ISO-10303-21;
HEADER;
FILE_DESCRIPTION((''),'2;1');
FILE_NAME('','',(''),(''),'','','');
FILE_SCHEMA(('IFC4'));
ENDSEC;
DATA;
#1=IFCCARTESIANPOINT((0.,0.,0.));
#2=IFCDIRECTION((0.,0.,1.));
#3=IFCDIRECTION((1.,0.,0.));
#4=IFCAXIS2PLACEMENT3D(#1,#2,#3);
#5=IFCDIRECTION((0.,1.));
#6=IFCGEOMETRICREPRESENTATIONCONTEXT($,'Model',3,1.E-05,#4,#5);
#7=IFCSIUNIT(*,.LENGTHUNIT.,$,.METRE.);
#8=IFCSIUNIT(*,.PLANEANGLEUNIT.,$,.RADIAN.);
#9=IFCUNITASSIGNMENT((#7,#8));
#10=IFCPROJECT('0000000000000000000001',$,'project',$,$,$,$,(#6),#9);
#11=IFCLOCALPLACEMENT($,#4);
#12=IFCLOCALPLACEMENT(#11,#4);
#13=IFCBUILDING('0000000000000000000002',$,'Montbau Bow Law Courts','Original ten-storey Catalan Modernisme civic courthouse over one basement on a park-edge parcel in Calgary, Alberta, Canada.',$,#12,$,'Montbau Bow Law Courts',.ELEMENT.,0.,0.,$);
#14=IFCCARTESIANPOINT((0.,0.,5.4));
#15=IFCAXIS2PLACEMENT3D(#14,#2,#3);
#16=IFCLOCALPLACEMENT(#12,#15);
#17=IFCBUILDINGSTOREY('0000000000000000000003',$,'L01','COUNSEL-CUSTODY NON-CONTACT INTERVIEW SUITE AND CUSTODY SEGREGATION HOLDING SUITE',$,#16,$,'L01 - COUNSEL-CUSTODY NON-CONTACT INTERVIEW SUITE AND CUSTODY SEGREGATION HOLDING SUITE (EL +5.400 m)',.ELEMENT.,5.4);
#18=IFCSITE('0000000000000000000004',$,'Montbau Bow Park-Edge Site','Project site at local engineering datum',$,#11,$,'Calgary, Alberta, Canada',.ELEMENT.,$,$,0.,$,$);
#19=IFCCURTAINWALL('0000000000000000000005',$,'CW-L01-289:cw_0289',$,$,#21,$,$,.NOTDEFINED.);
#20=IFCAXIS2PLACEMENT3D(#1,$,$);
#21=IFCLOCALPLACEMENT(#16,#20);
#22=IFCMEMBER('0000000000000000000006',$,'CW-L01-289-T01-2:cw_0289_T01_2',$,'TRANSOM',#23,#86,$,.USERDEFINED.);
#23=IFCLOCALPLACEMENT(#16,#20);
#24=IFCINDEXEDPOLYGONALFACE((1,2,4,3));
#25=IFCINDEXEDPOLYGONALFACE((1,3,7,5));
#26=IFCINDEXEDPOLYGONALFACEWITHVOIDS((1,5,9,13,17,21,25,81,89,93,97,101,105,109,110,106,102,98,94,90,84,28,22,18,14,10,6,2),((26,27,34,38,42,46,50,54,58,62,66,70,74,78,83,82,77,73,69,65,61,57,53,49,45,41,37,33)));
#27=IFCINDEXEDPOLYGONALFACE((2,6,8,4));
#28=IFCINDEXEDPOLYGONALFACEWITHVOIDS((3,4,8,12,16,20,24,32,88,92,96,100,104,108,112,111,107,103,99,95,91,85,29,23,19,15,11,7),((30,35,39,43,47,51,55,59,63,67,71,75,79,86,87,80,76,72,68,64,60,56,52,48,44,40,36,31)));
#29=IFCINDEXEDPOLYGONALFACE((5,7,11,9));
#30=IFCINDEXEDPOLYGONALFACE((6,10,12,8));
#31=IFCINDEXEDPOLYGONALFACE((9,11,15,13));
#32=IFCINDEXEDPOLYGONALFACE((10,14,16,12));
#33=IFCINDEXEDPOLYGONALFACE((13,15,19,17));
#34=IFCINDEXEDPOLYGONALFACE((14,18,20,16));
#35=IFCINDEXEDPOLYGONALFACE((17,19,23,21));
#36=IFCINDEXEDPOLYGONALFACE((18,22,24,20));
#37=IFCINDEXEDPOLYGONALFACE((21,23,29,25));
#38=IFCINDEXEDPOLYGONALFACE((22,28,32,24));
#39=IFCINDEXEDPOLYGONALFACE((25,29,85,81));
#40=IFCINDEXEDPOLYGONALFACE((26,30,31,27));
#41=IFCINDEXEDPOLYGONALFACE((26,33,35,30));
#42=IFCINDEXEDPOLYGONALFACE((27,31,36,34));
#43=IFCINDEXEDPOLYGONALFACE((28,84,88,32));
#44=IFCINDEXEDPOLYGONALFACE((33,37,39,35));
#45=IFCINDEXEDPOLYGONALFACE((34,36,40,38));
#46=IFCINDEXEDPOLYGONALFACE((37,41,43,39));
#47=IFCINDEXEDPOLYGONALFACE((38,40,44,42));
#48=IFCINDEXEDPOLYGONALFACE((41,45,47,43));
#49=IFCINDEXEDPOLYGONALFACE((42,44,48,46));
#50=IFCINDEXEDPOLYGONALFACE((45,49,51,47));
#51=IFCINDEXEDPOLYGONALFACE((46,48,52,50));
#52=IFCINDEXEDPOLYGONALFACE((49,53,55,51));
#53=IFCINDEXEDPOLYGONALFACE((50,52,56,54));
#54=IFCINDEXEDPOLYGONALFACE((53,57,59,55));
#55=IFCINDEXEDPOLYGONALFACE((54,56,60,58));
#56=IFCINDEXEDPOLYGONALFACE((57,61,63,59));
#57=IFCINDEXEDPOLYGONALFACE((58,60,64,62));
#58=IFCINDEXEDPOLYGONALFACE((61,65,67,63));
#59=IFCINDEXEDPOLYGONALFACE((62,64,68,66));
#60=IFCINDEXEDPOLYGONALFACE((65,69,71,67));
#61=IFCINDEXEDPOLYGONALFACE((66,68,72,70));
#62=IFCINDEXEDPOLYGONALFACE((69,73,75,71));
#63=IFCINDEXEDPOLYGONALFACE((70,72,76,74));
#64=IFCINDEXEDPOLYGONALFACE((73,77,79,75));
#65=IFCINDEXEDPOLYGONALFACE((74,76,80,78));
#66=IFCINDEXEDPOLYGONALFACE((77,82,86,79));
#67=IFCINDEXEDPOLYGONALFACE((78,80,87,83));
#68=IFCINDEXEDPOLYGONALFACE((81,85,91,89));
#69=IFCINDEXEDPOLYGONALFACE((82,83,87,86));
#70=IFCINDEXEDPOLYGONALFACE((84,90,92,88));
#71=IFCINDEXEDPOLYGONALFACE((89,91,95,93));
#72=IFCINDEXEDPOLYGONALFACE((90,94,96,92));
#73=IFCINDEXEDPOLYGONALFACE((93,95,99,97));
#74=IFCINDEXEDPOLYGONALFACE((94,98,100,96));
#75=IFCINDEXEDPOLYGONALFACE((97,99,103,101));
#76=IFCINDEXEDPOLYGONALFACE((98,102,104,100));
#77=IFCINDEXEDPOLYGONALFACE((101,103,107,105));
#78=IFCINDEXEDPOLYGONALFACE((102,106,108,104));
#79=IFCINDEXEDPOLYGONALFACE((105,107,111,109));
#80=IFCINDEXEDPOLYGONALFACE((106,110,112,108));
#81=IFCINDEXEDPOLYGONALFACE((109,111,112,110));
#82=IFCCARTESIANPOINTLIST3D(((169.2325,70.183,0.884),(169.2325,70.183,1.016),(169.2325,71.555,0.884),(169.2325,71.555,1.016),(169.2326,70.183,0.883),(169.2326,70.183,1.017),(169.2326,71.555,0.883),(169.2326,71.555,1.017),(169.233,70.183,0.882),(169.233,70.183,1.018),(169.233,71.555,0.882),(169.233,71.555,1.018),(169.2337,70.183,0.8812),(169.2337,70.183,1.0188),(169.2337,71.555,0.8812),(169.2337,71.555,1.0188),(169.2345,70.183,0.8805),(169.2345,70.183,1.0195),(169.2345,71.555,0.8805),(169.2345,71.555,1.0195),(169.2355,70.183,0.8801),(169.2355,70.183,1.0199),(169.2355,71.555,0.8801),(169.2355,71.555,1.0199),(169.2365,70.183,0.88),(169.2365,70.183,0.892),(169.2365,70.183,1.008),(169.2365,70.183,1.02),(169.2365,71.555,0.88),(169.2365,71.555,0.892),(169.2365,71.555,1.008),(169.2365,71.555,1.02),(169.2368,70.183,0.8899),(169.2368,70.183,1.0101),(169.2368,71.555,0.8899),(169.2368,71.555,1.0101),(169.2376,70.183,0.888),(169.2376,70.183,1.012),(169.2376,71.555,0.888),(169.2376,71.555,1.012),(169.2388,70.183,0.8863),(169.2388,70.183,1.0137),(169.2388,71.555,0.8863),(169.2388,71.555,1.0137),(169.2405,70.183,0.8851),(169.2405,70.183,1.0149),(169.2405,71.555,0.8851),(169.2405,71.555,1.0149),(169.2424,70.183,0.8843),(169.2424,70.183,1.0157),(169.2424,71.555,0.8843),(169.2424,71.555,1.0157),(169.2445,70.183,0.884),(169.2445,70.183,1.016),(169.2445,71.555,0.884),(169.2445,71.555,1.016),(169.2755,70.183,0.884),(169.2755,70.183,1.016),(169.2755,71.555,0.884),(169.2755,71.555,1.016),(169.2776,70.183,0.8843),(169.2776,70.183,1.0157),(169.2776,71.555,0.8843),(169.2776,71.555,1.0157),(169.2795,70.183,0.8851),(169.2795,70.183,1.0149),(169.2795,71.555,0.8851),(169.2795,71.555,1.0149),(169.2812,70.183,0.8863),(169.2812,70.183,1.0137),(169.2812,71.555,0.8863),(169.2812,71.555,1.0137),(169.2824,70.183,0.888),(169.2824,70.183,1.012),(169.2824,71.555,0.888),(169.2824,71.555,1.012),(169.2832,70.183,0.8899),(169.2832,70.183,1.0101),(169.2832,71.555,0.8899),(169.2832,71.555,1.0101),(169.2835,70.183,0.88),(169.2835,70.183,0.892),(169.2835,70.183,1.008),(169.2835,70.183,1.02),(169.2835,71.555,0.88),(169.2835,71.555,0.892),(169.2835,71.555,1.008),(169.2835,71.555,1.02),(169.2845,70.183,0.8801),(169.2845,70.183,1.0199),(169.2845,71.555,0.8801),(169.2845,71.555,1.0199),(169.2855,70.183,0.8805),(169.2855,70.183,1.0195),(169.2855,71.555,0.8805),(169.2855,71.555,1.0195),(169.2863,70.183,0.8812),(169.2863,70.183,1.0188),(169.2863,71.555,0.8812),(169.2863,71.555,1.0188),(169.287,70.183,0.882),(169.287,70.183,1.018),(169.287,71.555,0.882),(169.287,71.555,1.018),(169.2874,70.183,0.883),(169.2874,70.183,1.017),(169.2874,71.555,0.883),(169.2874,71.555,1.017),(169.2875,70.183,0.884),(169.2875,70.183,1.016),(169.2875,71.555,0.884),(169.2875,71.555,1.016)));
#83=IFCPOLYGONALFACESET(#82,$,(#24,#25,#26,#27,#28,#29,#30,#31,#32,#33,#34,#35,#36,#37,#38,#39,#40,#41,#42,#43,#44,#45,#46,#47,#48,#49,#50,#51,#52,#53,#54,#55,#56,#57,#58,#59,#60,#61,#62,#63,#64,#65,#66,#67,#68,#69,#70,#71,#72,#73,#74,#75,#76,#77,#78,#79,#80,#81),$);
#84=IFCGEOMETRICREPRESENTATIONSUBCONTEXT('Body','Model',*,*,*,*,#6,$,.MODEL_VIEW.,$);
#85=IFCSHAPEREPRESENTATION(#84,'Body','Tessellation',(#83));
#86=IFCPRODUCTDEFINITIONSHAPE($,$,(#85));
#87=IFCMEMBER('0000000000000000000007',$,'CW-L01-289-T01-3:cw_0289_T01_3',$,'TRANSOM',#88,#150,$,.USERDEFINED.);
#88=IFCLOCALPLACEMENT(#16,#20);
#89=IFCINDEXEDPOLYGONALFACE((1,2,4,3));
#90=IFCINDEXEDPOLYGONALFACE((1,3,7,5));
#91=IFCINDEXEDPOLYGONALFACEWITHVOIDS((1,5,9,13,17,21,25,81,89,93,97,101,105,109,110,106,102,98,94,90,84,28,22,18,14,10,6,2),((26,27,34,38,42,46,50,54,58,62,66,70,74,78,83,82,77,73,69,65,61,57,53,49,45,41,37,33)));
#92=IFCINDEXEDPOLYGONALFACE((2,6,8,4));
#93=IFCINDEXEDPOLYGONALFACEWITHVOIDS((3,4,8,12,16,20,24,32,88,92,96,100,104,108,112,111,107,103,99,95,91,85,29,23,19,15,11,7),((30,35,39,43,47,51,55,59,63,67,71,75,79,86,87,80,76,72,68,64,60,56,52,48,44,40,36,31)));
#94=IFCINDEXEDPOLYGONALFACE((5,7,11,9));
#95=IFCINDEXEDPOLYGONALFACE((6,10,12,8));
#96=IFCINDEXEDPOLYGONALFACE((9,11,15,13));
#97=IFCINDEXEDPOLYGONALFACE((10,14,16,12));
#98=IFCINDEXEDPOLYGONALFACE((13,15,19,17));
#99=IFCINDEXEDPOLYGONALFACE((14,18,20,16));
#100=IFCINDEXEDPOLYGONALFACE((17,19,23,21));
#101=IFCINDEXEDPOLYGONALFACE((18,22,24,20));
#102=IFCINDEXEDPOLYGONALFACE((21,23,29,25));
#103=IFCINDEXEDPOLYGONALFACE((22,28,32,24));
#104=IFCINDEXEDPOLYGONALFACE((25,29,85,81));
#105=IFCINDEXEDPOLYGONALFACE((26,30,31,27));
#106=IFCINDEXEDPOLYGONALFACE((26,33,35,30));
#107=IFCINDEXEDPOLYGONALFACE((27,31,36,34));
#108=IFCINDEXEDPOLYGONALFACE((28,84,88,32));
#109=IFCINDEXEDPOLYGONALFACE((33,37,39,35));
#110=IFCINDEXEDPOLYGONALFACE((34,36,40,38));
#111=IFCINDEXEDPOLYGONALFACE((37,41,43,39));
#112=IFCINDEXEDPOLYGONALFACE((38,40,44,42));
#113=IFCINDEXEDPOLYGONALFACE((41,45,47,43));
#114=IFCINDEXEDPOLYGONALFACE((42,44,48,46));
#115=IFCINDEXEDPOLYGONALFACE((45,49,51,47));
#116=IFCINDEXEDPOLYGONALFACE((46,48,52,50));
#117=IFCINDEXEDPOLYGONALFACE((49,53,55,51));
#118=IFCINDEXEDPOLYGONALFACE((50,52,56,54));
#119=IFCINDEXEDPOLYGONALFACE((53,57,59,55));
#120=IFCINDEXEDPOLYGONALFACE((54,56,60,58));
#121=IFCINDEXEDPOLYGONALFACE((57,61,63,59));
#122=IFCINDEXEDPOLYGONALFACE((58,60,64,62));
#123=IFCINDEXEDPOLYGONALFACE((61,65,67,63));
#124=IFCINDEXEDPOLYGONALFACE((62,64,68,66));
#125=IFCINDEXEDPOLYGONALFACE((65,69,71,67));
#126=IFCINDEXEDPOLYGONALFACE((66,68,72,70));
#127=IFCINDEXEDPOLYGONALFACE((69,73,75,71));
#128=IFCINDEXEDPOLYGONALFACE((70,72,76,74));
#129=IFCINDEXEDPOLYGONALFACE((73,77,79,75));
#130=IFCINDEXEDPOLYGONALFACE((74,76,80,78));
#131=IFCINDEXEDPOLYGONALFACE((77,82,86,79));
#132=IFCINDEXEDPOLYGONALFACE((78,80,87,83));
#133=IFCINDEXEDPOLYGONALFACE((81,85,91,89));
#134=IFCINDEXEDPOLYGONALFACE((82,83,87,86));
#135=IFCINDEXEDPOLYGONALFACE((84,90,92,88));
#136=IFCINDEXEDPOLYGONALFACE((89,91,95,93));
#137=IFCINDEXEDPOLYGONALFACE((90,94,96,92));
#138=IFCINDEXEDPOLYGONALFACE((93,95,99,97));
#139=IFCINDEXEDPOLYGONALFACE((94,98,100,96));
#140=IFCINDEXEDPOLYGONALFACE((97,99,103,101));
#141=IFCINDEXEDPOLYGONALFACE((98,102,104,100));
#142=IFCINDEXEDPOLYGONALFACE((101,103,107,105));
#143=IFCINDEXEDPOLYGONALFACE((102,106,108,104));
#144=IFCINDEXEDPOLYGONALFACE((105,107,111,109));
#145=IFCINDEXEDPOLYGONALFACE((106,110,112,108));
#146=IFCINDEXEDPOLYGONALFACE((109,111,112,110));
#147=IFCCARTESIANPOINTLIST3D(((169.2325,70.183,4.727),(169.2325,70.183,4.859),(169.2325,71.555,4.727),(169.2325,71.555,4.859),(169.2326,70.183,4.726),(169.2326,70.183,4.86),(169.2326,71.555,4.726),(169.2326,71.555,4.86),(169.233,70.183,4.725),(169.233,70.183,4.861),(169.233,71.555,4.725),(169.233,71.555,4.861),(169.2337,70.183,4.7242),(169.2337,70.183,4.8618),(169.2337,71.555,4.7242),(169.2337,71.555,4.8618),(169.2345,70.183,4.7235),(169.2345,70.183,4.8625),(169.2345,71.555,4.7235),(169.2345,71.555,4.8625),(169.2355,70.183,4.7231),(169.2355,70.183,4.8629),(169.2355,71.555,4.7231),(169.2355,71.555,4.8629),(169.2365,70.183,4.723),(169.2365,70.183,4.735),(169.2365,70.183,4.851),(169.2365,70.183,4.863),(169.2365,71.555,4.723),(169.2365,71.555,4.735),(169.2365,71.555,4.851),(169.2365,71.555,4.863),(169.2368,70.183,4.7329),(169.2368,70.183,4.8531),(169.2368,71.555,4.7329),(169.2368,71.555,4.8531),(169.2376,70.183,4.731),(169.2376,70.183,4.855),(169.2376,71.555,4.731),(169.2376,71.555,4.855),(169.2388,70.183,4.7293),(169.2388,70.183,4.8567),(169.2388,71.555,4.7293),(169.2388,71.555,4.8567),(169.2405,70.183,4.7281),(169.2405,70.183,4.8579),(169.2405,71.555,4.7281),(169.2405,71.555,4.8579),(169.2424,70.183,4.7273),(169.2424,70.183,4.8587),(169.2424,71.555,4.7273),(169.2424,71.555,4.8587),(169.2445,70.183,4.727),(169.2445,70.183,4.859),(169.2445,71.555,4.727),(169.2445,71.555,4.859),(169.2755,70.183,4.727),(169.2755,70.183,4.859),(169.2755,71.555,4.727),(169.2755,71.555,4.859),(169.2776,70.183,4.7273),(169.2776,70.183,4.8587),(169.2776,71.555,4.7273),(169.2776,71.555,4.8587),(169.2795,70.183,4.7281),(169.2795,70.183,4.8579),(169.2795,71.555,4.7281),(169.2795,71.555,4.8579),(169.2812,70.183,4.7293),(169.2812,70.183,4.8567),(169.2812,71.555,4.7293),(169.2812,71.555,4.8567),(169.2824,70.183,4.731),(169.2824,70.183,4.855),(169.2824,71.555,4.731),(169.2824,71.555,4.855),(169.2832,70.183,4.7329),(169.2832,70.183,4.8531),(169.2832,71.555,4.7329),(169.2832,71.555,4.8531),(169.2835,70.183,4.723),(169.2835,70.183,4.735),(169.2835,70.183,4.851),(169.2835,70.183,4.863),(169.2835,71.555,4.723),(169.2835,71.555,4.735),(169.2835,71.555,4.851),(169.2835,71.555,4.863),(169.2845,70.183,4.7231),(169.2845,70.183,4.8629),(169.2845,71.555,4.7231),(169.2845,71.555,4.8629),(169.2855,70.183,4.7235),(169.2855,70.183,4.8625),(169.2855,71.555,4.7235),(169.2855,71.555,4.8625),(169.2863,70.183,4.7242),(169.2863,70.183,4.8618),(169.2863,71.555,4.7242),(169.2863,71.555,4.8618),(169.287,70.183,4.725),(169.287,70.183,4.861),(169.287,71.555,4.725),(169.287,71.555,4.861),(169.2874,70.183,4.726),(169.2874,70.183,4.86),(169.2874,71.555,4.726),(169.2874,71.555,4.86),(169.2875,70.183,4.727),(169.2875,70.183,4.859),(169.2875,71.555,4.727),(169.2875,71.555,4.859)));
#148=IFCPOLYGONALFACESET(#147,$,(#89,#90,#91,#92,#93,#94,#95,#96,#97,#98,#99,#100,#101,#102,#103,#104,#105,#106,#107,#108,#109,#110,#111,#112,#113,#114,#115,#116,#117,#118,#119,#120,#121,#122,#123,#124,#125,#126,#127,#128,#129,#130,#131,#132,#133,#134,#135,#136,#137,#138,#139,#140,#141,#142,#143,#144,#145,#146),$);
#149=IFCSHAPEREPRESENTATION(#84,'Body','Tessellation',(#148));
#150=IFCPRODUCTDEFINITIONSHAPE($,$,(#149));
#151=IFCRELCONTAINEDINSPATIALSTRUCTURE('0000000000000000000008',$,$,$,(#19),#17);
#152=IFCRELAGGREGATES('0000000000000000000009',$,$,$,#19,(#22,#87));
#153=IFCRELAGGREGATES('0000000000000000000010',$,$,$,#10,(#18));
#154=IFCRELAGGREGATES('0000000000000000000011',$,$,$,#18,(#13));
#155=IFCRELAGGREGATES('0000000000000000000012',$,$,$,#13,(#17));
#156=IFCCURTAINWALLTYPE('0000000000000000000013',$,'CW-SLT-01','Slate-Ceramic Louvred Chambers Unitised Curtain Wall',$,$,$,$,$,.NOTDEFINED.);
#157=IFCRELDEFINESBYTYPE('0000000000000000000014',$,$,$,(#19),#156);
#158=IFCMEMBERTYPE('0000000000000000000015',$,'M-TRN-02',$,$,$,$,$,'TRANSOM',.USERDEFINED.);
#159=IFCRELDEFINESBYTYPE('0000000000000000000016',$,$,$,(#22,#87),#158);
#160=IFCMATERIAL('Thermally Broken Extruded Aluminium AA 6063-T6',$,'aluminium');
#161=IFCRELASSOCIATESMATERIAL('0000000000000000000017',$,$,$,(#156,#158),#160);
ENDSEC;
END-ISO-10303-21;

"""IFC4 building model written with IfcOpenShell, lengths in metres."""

from ifc_helpers import new_model, si_unit, direction, frame, origin_with_axes, origin_2d_with_axis, place, context, subcontext, project, spatial, hollow_rectangle, extrude, material, material_profile, profile_set, type_object, element, aggregate, save


model = new_model("IFC4")

# Units and contexts
model_context = context("Model", 3, precision=1e-05, world=origin_with_axes(), true_north=direction((0.0, 1.0)))
body_context = subcontext(model_context, "Body", "Model", "MODEL_VIEW")
ifc_project = project(units=[si_unit("LENGTHUNIT", "METRE"), si_unit("PLANEANGLEUNIT", "RADIAN")], contexts=[model_context])

# Site, building, storey
site_placement = place(None, origin_with_axes())
site = spatial("IfcSite", under=ifc_project, at=site_placement, Name="Montbau Bow Park-Edge Site", Description="Project site at local engineering datum", LongName="Calgary, Alberta, Canada", CompositionType="ELEMENT", RefElevation=0.0)
building_placement = place(site_placement, origin_with_axes())
building = spatial("IfcBuilding", under=site, at=building_placement, Name="Montbau Bow Law Courts", Description="Original ten-storey Catalan Modernisme civic courthouse over one basement on a park-edge parcel in Calgary, Alberta, Canada.", LongName="Montbau Bow Law Courts", CompositionType="ELEMENT", ElevationOfRefHeight=0.0, ElevationOfTerrain=0.0)
storey_placement = place(building_placement, frame((0.0, 0.0, 5.4), z_axis=(0.0, 0.0, 1.0), x_axis=(1.0, 0.0, 0.0)))
storey = spatial("IfcBuildingStorey", under=building, at=storey_placement, Name="L01", Description="COUNSEL-CUSTODY NON-CONTACT INTERVIEW SUITE AND CUSTODY SEGREGATION HOLDING SUITE", LongName="L01 - COUNSEL-CUSTODY NON-CONTACT INTERVIEW SUITE AND CUSTODY SEGREGATION HOLDING SUITE (EL +5.400 m)", CompositionType="ELEMENT", Elevation=5.4)

# Shared definitions
ifc_material_1 = material(Name="Thermally Broken Extruded Aluminium AA 6063-T6", Category="aluminium")
curtain_wall_type = type_object("IfcCurtainWallType", Name="CW-SLT-01", Description="Slate-Ceramic Louvred Chambers Unitised Curtain Wall", PredefinedType="NOTDEFINED", material=ifc_material_1)

# Curtain wall, members
curtain_wall_1_placement = place(None, frame((169.26, 70.115, 5.4), z_axis=(0.0, 0.0, 1.0), x_axis=(1.0, 0.0, 0.0)))
curtain_wall_1 = element("IfcCurtainWall", 1, at=curtain_wall_1_placement, inside=storey, type_object=curtain_wall_type, Name="CW-L01-289:cw_0289", PredefinedType="NOTDEFINED")
ifc_material_profile_1 = material_profile(ifc_material_1, hollow_rectangle(XDim=0.055, YDim=0.14, WallThickness=0.004, InnerFilletRadius=0.008, OuterFilletRadius=0.004, at=origin_2d_with_axis()), Name="CWT-140X55", Category="Main", Priority=0)
ifc_profile_set_1 = profile_set([ifc_material_profile_1], Name="Thermally Broken Extruded Aluminium AA 6063-T6")
member_type_1 = type_object("IfcMemberType", Name="M-TRN-02", ElementType="TRANSOM", PredefinedType="USERDEFINED", material=ifc_profile_set_1)
member_1_placement = place(None, frame((169.26, 70.183, 6.35), z_axis=(0.0, 1.0, 0.0), x_axis=(-1.0, 0.0, 0.0)))
member_1 = element("IfcMember", 2, at=member_1_placement, type_object=member_type_1, Name="CW-L01-289-T01-2:cw_0289_T01_2", ObjectType="TRANSOM", PredefinedType="USERDEFINED", context=body_context, shape_type="SweptSolid", body=[
    extrude(hollow_rectangle(XDim=0.055, YDim=0.14, WallThickness=0.004, InnerFilletRadius=0.008, OuterFilletRadius=0.004, at=origin_2d_with_axis()), origin_with_axes(), (0.0, 0.0, 1.0), 1.372),
])
member_2_placement = place(None, frame((169.26, 70.183, 10.193), z_axis=(0.0, 1.0, 0.0), x_axis=(-1.0, 0.0, 0.0)))
member_2 = element("IfcMember", 3, at=member_2_placement, type_object=member_type_1, Name="CW-L01-289-T01-3:cw_0289_T01_3", ObjectType="TRANSOM", PredefinedType="USERDEFINED", context=body_context, shape_type="SweptSolid", body=[
    extrude(hollow_rectangle(XDim=0.055, YDim=0.14, WallThickness=0.004, InnerFilletRadius=0.008, OuterFilletRadius=0.004, at=origin_2d_with_axis()), origin_with_axes(), (0.0, 0.0, 1.0), 1.372),
])
aggregate(curtain_wall_1, [member_1, member_2])

save(model, "model.ifc")
